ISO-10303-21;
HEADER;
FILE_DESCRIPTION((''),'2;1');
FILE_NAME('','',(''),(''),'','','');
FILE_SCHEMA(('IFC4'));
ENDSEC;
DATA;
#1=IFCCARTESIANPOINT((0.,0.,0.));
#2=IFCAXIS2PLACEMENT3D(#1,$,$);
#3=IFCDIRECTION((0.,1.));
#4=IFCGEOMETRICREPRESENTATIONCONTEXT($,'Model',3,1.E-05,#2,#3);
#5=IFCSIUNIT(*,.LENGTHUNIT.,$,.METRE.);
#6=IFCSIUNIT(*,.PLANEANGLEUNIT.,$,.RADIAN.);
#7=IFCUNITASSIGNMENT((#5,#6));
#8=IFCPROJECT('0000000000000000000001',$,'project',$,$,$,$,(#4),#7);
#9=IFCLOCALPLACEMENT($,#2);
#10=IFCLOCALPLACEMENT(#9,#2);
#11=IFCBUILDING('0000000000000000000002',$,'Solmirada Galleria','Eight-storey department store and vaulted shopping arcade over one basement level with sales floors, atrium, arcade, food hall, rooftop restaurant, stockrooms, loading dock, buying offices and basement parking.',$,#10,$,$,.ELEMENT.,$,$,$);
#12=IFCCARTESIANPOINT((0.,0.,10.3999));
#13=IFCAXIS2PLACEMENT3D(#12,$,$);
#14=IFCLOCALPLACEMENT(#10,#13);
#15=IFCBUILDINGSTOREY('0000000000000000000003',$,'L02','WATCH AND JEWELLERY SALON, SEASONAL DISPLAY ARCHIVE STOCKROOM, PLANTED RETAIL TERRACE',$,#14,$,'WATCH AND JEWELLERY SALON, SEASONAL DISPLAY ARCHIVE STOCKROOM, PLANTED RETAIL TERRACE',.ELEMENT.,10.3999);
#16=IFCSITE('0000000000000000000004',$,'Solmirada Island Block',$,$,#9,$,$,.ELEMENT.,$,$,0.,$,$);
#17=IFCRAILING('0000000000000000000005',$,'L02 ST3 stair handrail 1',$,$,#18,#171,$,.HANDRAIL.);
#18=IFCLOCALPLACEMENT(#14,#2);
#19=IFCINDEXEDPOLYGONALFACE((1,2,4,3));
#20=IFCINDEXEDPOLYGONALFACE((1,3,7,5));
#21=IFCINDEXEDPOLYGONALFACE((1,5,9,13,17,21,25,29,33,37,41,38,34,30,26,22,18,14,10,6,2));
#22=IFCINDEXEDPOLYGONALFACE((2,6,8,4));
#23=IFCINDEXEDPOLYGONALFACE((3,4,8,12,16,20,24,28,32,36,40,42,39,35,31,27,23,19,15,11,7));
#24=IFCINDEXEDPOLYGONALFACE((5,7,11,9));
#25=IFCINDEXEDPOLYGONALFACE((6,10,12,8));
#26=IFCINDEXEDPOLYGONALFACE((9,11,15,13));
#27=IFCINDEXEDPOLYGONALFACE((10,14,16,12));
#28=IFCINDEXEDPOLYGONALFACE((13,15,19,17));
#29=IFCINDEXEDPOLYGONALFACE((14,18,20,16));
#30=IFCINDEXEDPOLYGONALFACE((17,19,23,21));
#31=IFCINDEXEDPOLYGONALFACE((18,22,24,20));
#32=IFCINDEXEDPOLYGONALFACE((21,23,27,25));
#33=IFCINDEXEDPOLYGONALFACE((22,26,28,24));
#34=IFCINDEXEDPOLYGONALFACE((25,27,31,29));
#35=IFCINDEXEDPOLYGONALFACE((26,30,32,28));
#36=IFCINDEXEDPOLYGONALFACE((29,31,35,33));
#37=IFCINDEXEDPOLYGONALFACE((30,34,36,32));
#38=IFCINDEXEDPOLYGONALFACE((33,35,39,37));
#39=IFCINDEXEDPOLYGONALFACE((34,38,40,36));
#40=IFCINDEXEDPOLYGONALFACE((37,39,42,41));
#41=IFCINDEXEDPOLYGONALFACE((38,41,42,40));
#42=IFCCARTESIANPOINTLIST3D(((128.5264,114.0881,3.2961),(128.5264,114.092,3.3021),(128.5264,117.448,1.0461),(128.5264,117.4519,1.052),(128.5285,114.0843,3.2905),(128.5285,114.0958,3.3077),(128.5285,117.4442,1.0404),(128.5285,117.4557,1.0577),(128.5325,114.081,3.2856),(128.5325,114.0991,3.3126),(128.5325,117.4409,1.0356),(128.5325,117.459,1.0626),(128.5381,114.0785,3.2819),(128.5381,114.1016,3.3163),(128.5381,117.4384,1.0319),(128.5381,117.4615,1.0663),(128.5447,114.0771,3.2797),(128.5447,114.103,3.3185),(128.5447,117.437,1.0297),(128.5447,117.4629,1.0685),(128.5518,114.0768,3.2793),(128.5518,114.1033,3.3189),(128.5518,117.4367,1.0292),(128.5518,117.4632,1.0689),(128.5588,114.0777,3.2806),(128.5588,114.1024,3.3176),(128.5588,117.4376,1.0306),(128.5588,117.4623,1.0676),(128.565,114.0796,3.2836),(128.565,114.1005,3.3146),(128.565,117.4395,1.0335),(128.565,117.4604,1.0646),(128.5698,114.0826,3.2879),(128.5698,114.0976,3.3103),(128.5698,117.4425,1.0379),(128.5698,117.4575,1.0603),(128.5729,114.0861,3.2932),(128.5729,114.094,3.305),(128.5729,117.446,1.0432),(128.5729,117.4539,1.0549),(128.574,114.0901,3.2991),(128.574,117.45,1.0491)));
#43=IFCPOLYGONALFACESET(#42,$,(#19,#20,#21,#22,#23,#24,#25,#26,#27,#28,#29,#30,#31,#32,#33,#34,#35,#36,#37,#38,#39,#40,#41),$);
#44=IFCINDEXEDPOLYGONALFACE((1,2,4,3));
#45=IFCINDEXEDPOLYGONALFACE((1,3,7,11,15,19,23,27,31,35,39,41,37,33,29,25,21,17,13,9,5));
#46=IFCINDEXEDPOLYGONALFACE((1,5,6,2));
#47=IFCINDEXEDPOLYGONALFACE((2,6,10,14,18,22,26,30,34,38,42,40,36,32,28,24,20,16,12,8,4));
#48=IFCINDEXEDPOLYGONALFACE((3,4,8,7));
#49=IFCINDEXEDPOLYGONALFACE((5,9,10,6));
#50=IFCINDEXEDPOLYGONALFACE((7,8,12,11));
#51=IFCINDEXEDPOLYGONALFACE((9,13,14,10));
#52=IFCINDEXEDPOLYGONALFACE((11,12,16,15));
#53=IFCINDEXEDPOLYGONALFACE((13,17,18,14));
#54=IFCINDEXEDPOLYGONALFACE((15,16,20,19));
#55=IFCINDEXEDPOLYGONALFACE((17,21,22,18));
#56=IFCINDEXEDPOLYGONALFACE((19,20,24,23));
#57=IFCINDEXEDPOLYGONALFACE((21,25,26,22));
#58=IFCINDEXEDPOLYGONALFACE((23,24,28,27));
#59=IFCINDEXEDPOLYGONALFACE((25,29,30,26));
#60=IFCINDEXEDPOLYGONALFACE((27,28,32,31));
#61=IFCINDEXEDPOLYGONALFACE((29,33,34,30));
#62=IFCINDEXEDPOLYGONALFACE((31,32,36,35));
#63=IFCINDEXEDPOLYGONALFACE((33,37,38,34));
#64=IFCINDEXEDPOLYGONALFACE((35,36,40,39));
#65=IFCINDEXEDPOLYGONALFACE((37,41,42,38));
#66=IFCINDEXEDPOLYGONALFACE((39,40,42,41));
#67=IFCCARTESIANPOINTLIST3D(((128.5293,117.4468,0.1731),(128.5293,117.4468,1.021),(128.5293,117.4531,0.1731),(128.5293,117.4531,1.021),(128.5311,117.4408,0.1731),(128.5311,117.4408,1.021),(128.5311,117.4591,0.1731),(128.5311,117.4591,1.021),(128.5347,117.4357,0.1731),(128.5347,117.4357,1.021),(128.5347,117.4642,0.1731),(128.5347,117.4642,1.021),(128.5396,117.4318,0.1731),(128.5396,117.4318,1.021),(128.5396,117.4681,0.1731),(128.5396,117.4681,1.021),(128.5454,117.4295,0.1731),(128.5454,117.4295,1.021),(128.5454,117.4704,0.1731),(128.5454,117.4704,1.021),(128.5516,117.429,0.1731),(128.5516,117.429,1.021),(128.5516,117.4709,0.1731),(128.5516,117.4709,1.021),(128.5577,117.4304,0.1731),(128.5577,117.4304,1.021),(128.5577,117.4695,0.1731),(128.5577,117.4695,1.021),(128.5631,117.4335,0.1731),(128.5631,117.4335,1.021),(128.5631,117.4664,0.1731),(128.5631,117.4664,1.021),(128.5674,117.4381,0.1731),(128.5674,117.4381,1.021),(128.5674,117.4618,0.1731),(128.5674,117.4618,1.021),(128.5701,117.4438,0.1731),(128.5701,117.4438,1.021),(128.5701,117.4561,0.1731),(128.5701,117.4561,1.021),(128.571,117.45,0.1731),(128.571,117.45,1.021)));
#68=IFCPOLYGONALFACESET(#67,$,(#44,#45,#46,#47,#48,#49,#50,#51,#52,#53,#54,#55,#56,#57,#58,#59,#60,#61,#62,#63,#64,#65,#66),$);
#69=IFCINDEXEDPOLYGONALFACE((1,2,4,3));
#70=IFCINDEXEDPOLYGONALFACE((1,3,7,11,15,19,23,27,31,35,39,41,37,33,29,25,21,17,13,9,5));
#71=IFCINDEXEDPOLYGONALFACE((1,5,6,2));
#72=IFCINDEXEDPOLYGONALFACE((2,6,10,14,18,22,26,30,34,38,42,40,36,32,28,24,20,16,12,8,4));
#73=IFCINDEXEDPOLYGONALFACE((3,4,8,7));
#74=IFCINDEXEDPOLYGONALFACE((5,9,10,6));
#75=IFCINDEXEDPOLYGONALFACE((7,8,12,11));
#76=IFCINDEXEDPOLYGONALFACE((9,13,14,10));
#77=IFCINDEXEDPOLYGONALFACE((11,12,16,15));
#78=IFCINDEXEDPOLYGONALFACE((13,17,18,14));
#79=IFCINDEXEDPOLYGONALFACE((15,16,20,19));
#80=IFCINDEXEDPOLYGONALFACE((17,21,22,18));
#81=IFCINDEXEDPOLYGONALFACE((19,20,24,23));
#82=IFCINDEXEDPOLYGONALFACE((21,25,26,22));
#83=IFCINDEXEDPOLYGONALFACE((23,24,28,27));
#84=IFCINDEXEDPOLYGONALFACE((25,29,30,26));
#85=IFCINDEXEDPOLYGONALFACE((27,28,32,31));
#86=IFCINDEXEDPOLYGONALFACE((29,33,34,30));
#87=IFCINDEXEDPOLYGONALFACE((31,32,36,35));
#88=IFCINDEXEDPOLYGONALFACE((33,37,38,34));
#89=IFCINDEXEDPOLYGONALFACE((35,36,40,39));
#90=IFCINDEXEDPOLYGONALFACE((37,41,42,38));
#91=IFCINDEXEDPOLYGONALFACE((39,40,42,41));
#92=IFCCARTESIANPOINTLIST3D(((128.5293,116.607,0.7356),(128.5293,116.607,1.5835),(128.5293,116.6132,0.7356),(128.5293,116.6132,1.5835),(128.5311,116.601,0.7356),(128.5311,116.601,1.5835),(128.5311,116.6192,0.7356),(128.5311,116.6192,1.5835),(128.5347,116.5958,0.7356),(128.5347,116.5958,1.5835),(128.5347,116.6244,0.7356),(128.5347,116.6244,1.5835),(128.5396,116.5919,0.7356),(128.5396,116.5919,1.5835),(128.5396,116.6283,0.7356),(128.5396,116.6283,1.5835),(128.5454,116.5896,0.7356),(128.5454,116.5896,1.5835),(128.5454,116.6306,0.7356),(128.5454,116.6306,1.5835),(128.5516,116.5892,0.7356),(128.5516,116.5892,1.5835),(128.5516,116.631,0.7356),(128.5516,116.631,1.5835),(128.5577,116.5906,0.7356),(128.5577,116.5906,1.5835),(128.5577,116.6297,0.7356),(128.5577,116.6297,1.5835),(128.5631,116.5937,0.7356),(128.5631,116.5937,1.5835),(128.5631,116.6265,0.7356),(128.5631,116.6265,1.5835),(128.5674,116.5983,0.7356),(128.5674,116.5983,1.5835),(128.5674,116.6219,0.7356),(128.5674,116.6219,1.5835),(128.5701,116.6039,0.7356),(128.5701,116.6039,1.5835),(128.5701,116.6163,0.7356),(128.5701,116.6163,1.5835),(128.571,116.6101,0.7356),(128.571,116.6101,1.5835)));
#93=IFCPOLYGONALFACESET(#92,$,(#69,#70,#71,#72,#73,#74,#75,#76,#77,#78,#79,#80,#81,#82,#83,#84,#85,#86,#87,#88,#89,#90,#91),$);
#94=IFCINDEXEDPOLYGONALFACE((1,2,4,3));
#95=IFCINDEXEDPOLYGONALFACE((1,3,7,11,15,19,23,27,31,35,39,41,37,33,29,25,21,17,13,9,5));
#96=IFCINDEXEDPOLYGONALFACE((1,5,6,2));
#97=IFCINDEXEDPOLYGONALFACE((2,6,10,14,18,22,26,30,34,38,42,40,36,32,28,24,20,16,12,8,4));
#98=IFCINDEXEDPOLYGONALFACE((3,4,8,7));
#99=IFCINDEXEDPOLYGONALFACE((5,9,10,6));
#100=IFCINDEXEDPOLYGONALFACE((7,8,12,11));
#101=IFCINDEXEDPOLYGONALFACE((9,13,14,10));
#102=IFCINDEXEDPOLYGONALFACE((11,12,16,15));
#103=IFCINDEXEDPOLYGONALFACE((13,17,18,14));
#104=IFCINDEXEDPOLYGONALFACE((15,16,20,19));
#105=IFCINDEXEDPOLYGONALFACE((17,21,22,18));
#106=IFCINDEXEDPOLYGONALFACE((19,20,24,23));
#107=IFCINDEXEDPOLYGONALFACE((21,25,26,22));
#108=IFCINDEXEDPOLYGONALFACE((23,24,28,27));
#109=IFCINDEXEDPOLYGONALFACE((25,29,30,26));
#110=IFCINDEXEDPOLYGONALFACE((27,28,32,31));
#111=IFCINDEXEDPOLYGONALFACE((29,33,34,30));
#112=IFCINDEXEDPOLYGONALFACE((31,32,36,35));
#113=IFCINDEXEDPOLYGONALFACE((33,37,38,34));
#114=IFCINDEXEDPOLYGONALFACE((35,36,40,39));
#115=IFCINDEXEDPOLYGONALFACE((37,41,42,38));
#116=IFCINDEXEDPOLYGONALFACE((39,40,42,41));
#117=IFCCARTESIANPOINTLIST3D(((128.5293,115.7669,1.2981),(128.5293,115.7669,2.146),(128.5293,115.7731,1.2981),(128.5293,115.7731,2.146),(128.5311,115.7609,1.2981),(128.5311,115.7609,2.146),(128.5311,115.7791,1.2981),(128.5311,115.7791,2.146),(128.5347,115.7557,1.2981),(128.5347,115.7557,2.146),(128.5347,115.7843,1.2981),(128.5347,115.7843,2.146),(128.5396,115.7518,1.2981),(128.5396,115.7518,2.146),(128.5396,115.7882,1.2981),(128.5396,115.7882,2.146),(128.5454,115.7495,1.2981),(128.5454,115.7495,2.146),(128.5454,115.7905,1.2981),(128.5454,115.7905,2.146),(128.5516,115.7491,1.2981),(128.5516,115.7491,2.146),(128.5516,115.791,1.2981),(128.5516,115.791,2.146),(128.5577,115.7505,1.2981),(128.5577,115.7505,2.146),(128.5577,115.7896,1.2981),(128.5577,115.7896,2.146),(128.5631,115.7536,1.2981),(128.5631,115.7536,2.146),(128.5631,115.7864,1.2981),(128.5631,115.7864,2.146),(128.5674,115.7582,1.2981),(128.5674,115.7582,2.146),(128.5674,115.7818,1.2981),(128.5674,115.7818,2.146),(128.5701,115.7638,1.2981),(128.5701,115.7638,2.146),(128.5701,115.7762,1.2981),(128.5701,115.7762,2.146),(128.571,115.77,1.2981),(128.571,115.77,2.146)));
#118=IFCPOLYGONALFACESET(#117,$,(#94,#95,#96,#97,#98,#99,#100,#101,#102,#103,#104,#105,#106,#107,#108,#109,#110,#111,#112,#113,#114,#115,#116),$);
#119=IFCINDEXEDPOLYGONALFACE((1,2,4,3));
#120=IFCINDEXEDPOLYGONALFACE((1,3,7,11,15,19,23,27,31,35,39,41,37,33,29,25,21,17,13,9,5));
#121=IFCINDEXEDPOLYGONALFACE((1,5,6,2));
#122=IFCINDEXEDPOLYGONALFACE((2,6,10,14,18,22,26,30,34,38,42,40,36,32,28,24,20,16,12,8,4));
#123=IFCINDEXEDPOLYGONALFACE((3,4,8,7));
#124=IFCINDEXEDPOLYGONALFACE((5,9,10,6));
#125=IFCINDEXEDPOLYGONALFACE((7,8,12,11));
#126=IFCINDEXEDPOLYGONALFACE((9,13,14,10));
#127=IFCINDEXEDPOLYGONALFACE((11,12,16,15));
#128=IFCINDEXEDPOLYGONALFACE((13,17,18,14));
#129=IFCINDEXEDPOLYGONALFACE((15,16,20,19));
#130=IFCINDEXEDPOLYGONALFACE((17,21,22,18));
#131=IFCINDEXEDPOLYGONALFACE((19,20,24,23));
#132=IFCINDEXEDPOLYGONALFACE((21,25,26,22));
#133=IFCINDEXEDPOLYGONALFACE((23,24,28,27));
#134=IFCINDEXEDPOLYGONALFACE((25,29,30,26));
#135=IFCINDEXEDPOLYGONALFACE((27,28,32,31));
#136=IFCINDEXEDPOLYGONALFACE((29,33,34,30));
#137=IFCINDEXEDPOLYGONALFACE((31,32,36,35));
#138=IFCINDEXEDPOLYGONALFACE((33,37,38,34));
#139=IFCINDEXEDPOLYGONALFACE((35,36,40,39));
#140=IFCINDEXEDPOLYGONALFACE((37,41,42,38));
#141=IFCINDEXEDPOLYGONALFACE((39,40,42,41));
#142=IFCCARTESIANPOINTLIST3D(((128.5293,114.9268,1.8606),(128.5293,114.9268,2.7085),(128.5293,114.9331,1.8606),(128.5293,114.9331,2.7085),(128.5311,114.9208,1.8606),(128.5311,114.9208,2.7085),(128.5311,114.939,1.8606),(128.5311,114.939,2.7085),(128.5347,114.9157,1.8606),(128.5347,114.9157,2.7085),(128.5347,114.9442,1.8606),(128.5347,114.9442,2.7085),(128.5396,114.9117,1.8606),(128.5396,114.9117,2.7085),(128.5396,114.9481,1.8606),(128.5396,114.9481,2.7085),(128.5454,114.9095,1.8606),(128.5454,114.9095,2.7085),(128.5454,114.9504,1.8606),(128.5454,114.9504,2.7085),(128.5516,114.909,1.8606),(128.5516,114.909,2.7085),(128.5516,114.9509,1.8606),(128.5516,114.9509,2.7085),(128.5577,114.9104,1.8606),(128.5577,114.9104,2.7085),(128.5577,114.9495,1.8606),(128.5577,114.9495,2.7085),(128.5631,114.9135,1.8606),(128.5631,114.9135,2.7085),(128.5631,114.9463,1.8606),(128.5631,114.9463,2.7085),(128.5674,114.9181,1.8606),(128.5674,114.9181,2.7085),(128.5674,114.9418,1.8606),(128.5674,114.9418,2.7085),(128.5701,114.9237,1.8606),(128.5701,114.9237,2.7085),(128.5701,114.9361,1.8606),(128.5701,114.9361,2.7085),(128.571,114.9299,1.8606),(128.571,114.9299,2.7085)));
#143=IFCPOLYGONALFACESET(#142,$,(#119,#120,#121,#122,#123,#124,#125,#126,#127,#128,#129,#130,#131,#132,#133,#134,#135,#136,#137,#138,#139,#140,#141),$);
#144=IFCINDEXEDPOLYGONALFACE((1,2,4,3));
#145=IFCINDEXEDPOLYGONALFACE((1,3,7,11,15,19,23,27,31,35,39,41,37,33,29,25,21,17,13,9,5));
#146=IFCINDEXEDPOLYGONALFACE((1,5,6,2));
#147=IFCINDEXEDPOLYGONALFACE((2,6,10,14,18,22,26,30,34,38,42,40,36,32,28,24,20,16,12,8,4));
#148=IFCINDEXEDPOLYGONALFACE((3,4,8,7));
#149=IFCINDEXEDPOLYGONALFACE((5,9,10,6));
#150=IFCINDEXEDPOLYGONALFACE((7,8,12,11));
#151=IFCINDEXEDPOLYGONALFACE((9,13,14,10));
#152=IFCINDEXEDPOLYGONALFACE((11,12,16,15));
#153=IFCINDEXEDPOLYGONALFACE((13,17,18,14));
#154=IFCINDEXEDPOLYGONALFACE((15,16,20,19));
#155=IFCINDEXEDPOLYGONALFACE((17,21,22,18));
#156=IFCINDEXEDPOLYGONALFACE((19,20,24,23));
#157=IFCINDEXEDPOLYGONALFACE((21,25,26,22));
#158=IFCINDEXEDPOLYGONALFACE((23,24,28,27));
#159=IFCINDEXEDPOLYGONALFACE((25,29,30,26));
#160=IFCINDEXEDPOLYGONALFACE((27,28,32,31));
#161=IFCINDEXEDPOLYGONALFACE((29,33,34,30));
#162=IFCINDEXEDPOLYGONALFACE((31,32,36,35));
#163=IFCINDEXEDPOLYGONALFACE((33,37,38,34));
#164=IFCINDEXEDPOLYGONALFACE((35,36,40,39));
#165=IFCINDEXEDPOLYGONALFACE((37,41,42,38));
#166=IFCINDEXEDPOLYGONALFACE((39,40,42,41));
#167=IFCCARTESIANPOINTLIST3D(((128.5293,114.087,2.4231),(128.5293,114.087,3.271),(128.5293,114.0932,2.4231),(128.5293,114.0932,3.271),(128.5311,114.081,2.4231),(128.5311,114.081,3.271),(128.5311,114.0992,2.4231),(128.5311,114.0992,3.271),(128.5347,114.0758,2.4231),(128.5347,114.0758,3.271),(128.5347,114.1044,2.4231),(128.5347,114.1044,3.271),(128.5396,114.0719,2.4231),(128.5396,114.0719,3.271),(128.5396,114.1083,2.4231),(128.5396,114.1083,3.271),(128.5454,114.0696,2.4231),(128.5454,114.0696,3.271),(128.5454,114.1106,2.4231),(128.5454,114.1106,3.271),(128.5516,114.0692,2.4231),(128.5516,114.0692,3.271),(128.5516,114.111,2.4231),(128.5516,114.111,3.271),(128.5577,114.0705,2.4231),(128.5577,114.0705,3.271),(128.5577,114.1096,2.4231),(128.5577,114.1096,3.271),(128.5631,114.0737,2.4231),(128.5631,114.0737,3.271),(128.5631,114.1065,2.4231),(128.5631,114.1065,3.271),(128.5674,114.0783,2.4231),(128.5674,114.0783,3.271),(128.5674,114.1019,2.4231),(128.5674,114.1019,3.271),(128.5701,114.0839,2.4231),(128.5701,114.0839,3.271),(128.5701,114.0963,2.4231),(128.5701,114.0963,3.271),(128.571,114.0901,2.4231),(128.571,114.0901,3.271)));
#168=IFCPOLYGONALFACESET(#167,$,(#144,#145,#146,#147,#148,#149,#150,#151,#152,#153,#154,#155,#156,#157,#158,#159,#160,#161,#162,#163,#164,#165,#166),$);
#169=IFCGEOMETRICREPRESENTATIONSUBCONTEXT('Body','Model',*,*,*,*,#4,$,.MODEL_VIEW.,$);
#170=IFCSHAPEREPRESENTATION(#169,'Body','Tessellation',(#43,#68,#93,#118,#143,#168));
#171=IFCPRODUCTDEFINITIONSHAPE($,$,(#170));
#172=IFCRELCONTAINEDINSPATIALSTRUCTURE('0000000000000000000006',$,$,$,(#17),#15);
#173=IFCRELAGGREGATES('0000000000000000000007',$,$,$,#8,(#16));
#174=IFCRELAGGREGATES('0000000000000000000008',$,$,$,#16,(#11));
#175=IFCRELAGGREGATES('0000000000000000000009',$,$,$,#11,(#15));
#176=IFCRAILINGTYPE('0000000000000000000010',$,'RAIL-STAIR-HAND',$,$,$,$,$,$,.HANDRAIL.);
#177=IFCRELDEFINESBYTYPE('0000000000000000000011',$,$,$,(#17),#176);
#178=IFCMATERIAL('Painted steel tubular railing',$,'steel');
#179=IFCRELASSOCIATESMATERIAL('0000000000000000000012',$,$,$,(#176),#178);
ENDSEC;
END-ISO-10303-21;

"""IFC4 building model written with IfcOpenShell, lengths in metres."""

from ifc_helpers import new_model, si_unit, direction, frame, origin, origin_2d, place, context, subcontext, project, spatial, circle, extrude, material, type_object, element, save


model = new_model("IFC4")

# Units and contexts
model_context = context("Model", 3, precision=1e-05, world=origin(), true_north=direction((0.0, 1.0)))
body_context = subcontext(model_context, "Body", "Model", "MODEL_VIEW")
ifc_project = project(units=[si_unit("LENGTHUNIT", "METRE"), si_unit("PLANEANGLEUNIT", "RADIAN")], contexts=[model_context])

# Site, building, storey
site_placement = place(None, origin())
site = spatial("IfcSite", under=ifc_project, at=site_placement, Name="Solmirada Island Block", CompositionType="ELEMENT", RefElevation=0.0)
building_placement = place(site_placement, origin())
building = spatial("IfcBuilding", under=site, at=building_placement, Name="Solmirada Galleria", Description="Eight-storey department store and vaulted shopping arcade over one basement level with sales floors, atrium, arcade, food hall, rooftop restaurant, stockrooms, loading dock, buying offices and basement parking.", CompositionType="ELEMENT")
storey_placement = place(building_placement, frame((0.0, 0.0, 10.3999)))
storey = spatial("IfcBuildingStorey", under=building, at=storey_placement, Name="L02", Description="WATCH AND JEWELLERY SALON, SEASONAL DISPLAY ARCHIVE STOCKROOM, PLANTED RETAIL TERRACE", LongName="WATCH AND JEWELLERY SALON, SEASONAL DISPLAY ARCHIVE STOCKROOM, PLANTED RETAIL TERRACE", CompositionType="ELEMENT", Elevation=10.3999)

# Railing
ifc_material_1 = material(Name="Painted steel tubular railing", Category="steel")
railing_type_1 = type_object("IfcRailingType", Name="RAIL-STAIR-HAND", PredefinedType="HANDRAIL", material=ifc_material_1)
railing_1_placement = place(storey_placement, frame((128.55, 117.45, 0.1731)))
element("IfcRailing", 1, at=railing_1_placement, inside=storey, type_object=railing_type_1, Name="L02 ST3 stair handrail 1", PredefinedType="HANDRAIL", context=body_context, shape_type="SweptSolid", body=[
    extrude(circle(Radius=0.0239, at=origin_2d()), frame((0.0, 0.0, 0.876), z_axis=(0.0, -0.830897, 0.556427), x_axis=(1.0, 0.0, 0.0)), (0.0, 0.0, 1.0), 4.0437),
    extrude(circle(Radius=0.021, at=origin_2d()), origin(), (0.0, 0.0, 1.0), 0.8479),
    extrude(circle(Radius=0.021, at=origin_2d()), frame((0.0, -0.8398, 0.5625)), (0.0, 0.0, 1.0), 0.8479),
    extrude(circle(Radius=0.021, at=origin_2d()), frame((0.0, -1.6799, 1.125)), (0.0, 0.0, 1.0), 0.8479),
    extrude(circle(Radius=0.021, at=origin_2d()), frame((0.0, -2.52, 1.6875)), (0.0, 0.0, 1.0), 0.8479),
    extrude(circle(Radius=0.021, at=origin_2d()), frame((0.0, -3.3599, 2.25)), (0.0, 0.0, 1.0), 0.8479),
])

save(model, "model.ifc")
